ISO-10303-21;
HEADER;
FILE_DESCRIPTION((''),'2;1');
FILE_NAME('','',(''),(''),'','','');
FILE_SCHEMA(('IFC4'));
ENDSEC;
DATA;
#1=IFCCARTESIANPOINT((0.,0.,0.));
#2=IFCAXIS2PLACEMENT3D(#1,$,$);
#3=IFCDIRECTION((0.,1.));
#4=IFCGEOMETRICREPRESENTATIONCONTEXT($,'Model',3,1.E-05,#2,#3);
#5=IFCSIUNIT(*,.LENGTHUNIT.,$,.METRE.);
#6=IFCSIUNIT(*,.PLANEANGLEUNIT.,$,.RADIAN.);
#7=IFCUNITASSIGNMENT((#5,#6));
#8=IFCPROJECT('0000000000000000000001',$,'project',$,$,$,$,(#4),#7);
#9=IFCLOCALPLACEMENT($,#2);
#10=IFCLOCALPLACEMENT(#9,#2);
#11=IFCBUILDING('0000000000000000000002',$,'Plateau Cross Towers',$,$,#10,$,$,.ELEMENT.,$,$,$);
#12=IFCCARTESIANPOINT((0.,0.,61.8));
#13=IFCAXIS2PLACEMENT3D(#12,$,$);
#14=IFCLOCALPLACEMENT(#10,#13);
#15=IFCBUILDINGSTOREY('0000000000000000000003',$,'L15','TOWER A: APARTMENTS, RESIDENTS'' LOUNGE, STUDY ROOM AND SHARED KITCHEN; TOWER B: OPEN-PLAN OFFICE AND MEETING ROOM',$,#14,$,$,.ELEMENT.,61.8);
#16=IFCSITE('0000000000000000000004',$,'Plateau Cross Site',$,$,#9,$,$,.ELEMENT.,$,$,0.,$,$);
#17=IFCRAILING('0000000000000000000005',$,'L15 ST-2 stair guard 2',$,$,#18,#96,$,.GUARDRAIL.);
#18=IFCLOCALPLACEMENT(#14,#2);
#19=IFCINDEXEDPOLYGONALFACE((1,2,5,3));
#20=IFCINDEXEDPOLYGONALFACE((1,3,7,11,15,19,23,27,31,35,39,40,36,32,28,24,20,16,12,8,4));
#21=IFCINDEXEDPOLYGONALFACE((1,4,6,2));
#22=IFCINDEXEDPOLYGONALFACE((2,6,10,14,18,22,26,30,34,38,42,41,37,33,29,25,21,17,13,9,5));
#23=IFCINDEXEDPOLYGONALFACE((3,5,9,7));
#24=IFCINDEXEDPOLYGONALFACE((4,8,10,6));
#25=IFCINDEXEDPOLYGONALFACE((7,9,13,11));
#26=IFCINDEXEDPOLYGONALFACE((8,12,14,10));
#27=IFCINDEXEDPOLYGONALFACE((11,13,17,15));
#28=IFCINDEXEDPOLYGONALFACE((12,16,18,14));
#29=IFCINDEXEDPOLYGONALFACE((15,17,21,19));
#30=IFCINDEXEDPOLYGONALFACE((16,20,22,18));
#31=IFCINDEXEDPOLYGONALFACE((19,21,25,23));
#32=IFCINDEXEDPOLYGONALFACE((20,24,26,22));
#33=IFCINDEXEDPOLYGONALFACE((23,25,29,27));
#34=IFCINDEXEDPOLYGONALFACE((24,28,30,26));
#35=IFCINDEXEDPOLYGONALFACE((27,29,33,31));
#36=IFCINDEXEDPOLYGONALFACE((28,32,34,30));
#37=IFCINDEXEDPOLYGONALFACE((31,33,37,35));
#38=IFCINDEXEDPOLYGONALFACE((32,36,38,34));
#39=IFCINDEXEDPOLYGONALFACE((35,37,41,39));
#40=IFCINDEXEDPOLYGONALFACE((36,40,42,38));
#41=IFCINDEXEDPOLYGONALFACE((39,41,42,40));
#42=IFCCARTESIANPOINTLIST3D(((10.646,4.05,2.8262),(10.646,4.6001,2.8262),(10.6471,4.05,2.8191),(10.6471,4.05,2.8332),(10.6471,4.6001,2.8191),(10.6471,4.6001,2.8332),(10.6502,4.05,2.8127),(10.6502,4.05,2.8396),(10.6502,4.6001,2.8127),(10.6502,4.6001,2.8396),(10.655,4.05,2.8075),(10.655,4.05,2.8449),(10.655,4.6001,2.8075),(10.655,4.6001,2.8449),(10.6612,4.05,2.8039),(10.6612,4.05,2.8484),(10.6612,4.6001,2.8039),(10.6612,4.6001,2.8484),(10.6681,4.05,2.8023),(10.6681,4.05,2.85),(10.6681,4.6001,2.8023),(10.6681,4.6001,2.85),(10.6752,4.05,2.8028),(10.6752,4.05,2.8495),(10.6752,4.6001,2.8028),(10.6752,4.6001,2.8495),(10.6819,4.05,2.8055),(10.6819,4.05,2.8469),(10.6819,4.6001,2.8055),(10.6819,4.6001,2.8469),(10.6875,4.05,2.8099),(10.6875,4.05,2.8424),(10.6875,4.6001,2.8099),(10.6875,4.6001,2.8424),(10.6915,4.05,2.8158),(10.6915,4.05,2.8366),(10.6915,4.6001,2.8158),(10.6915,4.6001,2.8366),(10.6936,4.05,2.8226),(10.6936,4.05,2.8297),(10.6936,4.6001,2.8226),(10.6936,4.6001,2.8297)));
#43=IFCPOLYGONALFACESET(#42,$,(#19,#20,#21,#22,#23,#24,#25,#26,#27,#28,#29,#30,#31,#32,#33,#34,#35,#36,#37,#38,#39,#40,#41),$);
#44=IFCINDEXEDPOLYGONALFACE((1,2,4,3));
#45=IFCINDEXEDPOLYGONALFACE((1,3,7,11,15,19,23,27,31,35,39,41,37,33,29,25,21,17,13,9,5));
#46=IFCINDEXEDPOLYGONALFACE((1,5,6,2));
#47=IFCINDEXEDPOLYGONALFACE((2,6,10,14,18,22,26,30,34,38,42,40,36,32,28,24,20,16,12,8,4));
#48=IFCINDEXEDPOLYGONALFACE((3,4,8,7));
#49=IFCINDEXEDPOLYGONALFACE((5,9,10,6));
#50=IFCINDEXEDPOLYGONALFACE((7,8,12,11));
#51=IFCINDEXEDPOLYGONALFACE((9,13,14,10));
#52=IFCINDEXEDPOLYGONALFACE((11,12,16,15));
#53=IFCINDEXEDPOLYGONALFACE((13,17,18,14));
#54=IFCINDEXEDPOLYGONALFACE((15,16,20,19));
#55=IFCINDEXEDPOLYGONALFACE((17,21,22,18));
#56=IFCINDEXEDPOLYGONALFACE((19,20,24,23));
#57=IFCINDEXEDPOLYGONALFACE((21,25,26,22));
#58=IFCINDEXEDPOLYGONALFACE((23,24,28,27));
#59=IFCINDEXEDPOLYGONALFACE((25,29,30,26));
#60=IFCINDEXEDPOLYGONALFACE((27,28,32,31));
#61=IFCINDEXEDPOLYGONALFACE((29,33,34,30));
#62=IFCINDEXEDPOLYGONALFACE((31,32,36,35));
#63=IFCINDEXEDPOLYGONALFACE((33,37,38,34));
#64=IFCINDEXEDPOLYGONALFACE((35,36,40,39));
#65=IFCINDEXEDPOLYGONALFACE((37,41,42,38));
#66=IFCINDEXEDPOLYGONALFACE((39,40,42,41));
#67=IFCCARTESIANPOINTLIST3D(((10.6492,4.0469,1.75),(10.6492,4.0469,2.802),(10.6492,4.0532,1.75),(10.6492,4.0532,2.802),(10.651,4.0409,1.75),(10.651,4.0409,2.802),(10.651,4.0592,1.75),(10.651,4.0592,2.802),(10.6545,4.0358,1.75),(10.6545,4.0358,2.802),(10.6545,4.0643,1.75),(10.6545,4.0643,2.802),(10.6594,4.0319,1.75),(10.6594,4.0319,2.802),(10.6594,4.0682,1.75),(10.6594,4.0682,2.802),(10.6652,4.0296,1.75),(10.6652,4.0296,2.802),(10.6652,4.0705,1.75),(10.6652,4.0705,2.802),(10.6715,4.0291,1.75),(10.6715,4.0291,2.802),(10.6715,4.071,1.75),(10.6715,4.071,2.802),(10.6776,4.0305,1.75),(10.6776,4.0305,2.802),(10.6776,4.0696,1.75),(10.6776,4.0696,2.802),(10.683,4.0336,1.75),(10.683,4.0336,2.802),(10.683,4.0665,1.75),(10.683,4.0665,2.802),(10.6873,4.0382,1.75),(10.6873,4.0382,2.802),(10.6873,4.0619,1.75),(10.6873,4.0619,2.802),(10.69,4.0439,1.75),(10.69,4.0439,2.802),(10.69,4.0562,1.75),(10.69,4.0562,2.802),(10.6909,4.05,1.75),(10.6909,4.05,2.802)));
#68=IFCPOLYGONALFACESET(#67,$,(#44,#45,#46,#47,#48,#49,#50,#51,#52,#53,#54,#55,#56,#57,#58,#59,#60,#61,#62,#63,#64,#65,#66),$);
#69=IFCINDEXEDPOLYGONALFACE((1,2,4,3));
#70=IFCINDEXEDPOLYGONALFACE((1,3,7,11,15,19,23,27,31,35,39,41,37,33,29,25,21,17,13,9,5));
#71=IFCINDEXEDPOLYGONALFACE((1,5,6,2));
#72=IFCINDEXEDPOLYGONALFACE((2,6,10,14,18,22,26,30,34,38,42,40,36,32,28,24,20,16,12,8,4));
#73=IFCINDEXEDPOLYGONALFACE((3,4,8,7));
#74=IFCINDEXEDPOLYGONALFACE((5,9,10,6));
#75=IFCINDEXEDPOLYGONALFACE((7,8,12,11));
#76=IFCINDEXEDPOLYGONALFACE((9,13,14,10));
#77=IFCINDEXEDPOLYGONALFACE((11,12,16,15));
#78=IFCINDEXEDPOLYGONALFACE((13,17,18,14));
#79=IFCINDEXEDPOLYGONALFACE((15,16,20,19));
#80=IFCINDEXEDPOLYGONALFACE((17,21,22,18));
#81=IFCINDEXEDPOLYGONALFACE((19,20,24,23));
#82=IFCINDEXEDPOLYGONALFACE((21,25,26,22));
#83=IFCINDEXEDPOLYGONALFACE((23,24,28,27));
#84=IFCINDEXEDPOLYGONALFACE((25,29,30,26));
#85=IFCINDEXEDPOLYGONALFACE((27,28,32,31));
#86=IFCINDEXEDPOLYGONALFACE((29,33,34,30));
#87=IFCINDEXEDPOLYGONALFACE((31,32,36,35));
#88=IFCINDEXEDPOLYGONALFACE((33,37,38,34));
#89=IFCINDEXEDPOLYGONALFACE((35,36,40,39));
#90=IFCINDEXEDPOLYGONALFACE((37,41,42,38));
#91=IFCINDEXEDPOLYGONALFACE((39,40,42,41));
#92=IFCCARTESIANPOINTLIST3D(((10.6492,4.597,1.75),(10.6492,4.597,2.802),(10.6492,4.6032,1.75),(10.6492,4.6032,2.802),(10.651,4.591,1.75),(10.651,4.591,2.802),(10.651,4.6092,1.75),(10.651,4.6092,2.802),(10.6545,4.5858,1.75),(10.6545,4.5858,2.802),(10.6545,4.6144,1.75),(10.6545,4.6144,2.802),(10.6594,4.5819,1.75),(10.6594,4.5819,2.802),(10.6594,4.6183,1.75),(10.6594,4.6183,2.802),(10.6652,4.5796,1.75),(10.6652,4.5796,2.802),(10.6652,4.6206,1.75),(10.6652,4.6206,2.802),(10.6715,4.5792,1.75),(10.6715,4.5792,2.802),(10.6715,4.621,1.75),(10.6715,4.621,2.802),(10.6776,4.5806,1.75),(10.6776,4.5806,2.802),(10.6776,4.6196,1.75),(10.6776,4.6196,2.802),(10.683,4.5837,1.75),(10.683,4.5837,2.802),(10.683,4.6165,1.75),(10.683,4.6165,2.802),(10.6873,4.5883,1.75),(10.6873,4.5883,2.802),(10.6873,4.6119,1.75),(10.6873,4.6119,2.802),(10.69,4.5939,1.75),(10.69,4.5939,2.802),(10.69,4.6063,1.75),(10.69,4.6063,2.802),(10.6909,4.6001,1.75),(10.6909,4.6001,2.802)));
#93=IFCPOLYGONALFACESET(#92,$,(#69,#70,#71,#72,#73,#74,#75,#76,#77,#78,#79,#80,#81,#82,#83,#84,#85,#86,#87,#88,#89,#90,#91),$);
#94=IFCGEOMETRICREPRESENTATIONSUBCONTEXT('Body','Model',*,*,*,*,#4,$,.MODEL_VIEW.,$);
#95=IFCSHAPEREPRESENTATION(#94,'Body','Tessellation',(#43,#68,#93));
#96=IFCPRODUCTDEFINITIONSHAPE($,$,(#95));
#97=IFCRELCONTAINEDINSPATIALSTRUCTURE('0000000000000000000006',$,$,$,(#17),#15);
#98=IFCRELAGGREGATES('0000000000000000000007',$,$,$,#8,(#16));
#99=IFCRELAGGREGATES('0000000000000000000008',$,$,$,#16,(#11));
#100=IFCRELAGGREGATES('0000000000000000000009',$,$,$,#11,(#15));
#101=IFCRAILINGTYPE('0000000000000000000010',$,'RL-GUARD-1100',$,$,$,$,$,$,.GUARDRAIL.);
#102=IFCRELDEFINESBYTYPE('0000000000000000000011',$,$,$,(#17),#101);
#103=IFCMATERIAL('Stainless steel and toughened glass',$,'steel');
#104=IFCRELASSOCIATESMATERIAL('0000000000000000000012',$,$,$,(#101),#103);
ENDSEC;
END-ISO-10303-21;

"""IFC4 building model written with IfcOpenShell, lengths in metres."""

from ifc_helpers import new_model, si_unit, direction, frame, origin, origin_2d, place, context, subcontext, project, spatial, circle, extrude, material, type_object, element, save


model = new_model("IFC4")

# Units and contexts
model_context = context("Model", 3, precision=1e-05, world=origin(), true_north=direction((0.0, 1.0)))
body_context = subcontext(model_context, "Body", "Model", "MODEL_VIEW")
ifc_project = project(units=[si_unit("LENGTHUNIT", "METRE"), si_unit("PLANEANGLEUNIT", "RADIAN")], contexts=[model_context])

# Site, building, storey
site_placement = place(None, origin())
site = spatial("IfcSite", under=ifc_project, at=site_placement, Name="Plateau Cross Site", CompositionType="ELEMENT", RefElevation=0.0)
building_placement = place(site_placement, origin())
building = spatial("IfcBuilding", under=site, at=building_placement, Name="Plateau Cross Towers", CompositionType="ELEMENT")
storey_placement = place(building_placement, frame((0.0, 0.0, 61.8)))
storey = spatial("IfcBuildingStorey", under=building, at=storey_placement, Name="L15", Description="TOWER A: APARTMENTS, RESIDENTS' LOUNGE, STUDY ROOM AND SHARED KITCHEN; TOWER B: OPEN-PLAN OFFICE AND MEETING ROOM", CompositionType="ELEMENT", Elevation=61.8)

# Railing
ifc_material_1 = material(Name="Stainless steel and toughened glass", Category="steel")
railing_type_1 = type_object("IfcRailingType", Name="RL-GUARD-1100", PredefinedType="GUARDRAIL", material=ifc_material_1)
railing_1_placement = place(storey_placement, frame((10.6699, 4.05, 1.75)))
element("IfcRailing", 1, at=railing_1_placement, inside=storey, type_object=railing_type_1, Name="L15 ST-2 stair guard 2", PredefinedType="GUARDRAIL", context=body_context, shape_type="SweptSolid", body=[
    extrude(circle(Radius=0.0239, at=origin_2d()), frame((0.0, 0.0, 1.0762), z_axis=(0.0, 1.0, 0.0), x_axis=(-1.0, 0.0, 0.0)), (0.0, 0.0, 1.0), 0.55),
    extrude(circle(Radius=0.021, at=origin_2d()), origin(), (0.0, 0.0, 1.0), 1.052),
    extrude(circle(Radius=0.021, at=origin_2d()), frame((0.0, 0.55, 0.0)), (0.0, 0.0, 1.0), 1.052),
])

save(model, "model.ifc")
